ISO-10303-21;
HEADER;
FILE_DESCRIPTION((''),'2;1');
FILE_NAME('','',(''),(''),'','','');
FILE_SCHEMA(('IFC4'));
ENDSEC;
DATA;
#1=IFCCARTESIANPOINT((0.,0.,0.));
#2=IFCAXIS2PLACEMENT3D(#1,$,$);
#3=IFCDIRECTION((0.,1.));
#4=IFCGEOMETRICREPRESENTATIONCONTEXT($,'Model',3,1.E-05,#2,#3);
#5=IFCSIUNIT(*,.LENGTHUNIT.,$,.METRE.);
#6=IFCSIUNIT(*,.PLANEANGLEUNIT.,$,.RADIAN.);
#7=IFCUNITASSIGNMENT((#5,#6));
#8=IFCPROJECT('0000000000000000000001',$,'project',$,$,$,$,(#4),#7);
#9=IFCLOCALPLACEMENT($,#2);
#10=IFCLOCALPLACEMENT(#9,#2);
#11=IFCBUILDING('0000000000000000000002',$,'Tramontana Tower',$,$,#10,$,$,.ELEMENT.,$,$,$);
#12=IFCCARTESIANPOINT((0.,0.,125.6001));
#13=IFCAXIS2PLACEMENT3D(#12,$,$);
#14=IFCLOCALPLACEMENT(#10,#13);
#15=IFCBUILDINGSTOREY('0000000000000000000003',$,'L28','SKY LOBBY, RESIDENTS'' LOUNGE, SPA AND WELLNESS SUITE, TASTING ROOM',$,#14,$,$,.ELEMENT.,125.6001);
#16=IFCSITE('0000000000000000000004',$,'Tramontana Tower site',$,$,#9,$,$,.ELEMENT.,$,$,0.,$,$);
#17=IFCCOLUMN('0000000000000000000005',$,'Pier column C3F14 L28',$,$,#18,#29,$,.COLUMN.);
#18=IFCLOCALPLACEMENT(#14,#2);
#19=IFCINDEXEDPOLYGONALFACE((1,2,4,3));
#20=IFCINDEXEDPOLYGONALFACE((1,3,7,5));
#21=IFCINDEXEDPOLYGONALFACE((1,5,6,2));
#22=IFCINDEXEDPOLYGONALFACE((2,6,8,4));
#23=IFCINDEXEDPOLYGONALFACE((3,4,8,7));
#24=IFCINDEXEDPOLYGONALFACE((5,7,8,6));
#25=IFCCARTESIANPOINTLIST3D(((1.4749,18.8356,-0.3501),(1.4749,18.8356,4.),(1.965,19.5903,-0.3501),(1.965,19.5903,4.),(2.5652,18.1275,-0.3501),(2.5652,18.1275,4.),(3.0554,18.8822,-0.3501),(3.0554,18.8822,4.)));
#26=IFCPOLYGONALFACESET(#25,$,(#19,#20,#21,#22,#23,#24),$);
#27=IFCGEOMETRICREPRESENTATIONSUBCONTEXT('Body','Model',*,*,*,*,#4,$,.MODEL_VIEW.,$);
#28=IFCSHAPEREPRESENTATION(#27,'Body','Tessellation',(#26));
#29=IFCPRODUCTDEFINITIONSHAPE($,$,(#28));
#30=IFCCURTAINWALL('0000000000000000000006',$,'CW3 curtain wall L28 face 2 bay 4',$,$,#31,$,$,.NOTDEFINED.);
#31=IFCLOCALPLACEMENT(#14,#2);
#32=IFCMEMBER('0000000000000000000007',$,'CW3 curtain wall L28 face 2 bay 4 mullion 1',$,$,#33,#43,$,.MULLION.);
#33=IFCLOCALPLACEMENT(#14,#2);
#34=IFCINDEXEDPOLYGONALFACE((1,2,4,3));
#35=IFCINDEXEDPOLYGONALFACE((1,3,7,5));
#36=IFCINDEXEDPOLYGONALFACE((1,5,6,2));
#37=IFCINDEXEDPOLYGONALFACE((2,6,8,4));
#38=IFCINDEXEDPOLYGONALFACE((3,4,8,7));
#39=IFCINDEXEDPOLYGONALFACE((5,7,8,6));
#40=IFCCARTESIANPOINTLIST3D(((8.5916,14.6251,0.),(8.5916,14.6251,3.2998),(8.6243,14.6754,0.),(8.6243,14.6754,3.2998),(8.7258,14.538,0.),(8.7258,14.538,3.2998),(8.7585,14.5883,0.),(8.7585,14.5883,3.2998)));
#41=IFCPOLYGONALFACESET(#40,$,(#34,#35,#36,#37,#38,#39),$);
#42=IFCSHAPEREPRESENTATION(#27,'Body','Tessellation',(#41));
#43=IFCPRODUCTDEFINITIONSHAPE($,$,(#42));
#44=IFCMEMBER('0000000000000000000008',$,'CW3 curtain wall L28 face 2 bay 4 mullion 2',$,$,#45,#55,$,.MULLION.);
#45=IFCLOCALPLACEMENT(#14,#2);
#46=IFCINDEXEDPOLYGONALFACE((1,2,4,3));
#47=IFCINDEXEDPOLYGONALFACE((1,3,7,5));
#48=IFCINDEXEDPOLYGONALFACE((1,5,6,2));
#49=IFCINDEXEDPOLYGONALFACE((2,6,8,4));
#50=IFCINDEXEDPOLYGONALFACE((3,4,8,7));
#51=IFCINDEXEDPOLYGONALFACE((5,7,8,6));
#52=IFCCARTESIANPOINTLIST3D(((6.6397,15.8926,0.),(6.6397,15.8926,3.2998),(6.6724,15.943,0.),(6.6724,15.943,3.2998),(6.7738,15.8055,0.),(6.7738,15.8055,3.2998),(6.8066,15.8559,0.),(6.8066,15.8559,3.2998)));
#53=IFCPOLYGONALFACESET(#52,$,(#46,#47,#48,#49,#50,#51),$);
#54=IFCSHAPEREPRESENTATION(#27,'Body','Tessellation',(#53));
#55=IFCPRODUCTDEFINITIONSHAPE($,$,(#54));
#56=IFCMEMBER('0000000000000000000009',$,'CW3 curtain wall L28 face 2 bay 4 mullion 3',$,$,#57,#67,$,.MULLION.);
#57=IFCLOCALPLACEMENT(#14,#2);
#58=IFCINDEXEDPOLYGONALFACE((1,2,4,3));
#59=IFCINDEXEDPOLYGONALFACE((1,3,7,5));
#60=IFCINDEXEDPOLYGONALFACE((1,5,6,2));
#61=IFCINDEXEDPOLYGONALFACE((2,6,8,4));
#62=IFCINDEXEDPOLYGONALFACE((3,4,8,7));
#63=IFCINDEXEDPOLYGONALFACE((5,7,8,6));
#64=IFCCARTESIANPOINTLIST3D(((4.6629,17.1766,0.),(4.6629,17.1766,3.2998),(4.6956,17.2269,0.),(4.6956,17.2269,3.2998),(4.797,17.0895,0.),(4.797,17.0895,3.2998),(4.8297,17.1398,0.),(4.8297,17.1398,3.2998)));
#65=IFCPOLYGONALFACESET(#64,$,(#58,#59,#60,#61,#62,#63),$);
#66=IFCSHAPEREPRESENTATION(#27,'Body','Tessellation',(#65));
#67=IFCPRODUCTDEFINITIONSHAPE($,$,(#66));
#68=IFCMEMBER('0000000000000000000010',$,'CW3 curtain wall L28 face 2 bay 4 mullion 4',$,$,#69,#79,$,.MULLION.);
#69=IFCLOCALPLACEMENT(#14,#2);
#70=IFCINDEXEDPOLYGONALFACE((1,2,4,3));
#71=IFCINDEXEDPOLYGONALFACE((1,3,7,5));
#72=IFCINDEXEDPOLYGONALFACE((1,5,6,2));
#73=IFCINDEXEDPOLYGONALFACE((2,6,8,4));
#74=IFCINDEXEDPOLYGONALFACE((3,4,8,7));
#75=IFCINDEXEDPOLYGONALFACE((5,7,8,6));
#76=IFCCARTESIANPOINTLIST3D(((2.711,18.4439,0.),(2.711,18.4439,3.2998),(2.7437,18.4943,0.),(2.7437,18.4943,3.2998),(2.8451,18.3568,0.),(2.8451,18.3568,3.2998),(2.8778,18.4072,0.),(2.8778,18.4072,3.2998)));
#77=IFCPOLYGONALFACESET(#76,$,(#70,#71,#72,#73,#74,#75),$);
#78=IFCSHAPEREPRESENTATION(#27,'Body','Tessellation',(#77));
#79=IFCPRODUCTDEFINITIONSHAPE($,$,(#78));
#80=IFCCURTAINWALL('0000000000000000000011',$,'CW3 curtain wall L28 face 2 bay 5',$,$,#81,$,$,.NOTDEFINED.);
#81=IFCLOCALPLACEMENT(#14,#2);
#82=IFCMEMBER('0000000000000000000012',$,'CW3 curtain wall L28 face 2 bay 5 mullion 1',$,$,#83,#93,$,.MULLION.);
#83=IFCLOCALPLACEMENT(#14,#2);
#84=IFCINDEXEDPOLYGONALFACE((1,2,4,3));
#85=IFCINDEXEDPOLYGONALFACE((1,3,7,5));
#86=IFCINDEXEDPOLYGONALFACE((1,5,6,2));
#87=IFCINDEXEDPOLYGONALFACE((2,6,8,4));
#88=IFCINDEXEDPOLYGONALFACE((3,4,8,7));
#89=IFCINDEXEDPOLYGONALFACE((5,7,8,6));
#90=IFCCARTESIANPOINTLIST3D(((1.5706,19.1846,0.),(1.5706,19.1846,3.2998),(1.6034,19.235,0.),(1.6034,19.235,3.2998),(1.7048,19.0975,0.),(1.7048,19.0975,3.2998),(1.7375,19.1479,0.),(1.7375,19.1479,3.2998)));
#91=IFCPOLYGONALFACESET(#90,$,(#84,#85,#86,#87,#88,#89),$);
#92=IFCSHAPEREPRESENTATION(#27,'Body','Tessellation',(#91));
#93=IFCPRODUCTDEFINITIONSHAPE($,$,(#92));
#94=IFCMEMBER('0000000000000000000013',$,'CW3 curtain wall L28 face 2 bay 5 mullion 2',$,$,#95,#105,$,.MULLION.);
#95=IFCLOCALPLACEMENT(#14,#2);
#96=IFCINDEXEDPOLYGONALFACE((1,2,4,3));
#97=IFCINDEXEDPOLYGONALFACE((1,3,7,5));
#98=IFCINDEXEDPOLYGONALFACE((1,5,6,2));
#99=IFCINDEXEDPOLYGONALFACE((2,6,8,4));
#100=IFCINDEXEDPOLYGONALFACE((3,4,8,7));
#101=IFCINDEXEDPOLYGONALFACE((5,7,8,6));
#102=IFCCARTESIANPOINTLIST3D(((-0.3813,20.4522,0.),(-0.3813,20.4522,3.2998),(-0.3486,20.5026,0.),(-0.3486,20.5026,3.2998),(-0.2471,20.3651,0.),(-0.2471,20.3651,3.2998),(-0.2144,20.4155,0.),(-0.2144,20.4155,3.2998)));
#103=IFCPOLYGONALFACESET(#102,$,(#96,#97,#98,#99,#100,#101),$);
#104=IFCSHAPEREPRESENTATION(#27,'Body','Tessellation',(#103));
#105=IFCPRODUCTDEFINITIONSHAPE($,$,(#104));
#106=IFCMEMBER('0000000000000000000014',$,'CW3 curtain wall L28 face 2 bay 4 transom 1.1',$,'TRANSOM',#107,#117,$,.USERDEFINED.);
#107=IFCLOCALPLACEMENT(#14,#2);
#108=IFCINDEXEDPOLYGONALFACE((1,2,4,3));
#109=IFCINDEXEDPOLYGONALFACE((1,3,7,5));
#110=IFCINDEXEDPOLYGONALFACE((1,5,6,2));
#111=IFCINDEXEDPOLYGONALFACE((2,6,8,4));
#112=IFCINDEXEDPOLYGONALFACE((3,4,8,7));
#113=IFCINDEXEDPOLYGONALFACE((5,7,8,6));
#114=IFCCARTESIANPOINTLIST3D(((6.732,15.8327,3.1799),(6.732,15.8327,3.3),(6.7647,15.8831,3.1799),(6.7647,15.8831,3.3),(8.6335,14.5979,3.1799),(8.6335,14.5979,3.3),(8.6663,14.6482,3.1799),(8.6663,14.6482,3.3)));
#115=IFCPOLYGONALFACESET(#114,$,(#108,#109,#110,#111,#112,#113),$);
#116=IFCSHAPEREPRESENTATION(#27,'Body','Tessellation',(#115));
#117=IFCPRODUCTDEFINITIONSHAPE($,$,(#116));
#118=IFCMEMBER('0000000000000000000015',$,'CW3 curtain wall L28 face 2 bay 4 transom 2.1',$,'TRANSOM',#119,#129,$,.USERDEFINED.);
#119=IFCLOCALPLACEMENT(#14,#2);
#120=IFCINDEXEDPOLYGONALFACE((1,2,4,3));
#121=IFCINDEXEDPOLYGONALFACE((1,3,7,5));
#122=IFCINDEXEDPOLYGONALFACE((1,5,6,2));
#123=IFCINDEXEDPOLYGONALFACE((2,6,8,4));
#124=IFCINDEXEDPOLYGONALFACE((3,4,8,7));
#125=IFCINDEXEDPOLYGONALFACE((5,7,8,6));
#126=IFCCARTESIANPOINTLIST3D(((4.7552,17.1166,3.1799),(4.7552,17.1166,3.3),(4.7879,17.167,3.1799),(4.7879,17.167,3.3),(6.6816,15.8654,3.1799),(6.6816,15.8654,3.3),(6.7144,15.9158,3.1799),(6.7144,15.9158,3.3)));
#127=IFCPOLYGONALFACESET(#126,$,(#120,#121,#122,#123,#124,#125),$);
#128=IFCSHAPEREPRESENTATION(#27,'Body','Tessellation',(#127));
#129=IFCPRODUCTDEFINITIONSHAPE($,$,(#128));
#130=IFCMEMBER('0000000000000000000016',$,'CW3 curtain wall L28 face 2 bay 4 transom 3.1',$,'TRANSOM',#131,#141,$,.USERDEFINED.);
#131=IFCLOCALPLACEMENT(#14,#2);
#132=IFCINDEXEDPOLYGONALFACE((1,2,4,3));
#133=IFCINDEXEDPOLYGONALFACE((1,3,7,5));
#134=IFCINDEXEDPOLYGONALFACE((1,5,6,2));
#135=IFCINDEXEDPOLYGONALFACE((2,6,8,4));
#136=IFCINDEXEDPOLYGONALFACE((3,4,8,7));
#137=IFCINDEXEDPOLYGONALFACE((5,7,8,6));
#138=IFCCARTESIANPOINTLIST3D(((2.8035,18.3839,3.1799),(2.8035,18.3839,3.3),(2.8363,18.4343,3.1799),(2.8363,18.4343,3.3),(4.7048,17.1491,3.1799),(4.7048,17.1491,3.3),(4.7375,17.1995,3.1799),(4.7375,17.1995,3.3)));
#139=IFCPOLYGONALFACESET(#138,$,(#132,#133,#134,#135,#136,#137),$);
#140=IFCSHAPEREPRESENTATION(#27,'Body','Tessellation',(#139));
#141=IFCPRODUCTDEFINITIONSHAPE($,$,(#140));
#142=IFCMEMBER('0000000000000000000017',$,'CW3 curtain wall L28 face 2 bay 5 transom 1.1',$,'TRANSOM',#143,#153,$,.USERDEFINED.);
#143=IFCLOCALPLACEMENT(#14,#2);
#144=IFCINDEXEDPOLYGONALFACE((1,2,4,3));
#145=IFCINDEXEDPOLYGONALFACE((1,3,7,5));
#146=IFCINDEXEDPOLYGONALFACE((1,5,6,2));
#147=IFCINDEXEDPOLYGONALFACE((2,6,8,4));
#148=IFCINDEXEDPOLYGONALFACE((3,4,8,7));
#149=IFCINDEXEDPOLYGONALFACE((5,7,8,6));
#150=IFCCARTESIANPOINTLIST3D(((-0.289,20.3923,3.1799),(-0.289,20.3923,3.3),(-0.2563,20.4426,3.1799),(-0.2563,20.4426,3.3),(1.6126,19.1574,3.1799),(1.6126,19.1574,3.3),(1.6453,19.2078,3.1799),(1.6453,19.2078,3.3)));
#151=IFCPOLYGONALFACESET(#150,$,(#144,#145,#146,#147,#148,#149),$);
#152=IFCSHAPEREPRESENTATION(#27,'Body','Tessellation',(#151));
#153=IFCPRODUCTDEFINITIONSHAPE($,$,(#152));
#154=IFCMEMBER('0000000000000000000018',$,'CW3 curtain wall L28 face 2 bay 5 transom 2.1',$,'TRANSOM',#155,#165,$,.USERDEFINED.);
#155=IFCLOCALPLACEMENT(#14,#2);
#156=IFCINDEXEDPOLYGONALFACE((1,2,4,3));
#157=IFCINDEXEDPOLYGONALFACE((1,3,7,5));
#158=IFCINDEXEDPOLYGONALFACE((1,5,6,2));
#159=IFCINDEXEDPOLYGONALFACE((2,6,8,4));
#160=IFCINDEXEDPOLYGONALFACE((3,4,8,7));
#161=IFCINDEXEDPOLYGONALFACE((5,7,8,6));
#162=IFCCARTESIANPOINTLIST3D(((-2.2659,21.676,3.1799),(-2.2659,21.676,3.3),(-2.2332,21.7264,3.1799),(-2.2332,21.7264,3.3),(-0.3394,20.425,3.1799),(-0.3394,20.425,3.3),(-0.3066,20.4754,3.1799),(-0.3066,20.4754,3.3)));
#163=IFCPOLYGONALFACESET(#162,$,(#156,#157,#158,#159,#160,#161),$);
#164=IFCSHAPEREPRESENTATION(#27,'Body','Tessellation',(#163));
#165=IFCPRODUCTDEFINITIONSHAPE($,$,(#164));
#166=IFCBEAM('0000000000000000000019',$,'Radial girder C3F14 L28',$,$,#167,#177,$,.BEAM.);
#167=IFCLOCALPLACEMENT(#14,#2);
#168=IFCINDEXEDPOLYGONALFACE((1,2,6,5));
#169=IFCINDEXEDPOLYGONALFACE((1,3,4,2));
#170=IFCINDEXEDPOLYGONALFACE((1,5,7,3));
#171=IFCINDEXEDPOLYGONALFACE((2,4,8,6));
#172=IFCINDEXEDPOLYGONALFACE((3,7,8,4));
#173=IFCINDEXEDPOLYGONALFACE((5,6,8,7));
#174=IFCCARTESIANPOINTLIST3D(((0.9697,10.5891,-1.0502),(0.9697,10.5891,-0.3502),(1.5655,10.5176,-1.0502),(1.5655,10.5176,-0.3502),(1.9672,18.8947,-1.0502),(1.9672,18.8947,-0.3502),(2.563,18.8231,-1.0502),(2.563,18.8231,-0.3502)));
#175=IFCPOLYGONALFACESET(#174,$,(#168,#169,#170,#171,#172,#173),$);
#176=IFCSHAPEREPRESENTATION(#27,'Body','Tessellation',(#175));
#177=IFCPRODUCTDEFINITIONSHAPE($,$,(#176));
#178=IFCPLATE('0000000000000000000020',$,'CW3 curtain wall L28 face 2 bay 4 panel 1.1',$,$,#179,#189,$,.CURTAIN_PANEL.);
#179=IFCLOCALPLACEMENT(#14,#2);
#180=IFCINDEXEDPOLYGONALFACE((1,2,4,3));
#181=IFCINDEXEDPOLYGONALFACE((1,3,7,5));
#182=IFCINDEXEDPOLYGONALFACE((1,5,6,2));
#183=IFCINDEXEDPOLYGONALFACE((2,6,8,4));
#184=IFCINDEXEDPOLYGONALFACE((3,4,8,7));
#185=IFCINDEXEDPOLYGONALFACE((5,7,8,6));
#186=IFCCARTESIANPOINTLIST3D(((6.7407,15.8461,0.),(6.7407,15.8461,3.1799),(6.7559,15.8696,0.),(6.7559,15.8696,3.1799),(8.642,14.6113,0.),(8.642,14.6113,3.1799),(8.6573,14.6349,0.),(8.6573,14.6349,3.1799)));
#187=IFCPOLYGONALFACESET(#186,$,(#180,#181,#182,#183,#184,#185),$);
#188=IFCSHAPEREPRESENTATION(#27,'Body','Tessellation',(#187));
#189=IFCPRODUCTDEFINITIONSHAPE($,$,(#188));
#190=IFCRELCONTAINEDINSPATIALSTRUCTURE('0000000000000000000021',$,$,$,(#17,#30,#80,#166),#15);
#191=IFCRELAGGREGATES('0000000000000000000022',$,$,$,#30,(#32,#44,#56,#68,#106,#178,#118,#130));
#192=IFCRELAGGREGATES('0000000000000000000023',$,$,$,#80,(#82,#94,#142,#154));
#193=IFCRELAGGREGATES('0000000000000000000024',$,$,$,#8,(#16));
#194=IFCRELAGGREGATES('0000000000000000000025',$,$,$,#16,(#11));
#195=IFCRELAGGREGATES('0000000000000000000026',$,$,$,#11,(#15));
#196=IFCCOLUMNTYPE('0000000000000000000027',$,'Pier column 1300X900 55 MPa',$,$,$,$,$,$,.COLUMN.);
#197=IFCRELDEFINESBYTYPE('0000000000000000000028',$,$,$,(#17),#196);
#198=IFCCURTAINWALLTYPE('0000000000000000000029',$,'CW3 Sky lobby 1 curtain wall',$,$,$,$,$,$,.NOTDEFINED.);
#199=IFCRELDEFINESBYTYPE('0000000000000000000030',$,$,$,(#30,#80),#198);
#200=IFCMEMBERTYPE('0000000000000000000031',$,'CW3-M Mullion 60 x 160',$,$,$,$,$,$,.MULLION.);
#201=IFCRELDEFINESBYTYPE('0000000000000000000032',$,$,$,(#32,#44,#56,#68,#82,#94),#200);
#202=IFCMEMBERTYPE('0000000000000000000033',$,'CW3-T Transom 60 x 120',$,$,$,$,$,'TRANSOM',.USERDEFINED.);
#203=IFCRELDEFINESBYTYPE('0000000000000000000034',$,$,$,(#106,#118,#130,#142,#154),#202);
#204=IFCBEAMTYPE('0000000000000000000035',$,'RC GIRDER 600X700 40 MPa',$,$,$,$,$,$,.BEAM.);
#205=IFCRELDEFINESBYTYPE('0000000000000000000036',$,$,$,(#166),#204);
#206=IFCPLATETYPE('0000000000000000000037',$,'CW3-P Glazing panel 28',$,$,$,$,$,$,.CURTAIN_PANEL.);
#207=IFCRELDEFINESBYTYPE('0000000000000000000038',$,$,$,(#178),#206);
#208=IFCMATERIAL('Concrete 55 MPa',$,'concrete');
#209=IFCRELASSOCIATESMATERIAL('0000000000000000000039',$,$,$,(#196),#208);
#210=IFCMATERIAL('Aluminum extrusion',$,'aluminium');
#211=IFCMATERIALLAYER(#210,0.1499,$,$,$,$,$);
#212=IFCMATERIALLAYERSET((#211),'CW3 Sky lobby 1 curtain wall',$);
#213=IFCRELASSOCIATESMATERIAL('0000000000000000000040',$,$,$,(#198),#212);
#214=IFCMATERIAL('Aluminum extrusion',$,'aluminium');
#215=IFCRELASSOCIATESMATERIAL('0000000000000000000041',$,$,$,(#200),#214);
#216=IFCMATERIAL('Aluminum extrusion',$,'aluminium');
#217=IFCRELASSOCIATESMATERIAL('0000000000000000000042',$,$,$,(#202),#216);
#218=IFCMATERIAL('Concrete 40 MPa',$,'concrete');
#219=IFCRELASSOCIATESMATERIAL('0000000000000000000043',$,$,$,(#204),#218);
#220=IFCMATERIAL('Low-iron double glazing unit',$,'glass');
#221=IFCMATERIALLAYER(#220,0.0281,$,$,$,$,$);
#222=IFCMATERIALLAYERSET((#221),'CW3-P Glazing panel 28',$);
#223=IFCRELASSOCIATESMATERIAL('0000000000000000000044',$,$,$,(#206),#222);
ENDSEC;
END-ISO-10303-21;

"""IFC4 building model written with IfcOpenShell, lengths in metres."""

from ifc_helpers import new_model, si_unit, direction, frame, origin, origin_2d, place, context, subcontext, project, spatial, rectangle, extrude, material, layer, layer_set, material_profile, profile_set, type_object, element, aggregate, save


model = new_model("IFC4")

# Units and contexts
model_context = context("Model", 3, precision=1e-05, world=origin(), true_north=direction((0.0, 1.0)))
body_context = subcontext(model_context, "Body", "Model", "MODEL_VIEW")
ifc_project = project(units=[si_unit("LENGTHUNIT", "METRE"), si_unit("PLANEANGLEUNIT", "RADIAN")], contexts=[model_context])

# Site, building, storey
site_placement = place(None, origin())
site = spatial("IfcSite", under=ifc_project, at=site_placement, Name="Tramontana Tower site", CompositionType="ELEMENT", RefElevation=0.0)
building_placement = place(site_placement, origin())
building = spatial("IfcBuilding", under=site, at=building_placement, Name="Tramontana Tower", CompositionType="ELEMENT")
storey_placement = place(building_placement, frame((0.0, 0.0, 125.6001)))
storey = spatial("IfcBuildingStorey", under=building, at=storey_placement, Name="L28", Description="SKY LOBBY, RESIDENTS' LOUNGE, SPA AND WELLNESS SUITE, TASTING ROOM", CompositionType="ELEMENT", Elevation=125.6001)

# Column
ifc_material_1 = material(Name="Concrete 55 MPa", Category="concrete")
ifc_material_profile_1 = material_profile(ifc_material_1, rectangle(XDim=1.3, YDim=0.8999, at=origin_2d()), Name="Pier column 1300X900 55 MPa")
ifc_profile_set_1 = profile_set([ifc_material_profile_1], Name="Concrete 55 MPa")
column_type = type_object("IfcColumnType", Name="Pier column 1300X900 55 MPa", PredefinedType="COLUMN", material=ifc_profile_set_1)
column_placement = place(storey_placement, frame((2.2651, 18.8589, -0.3501), z_axis=(0.0, 0.0, 1.0), x_axis=(-0.838671, 0.544639, 0.0)))
element("IfcColumn", 1, at=column_placement, inside=storey, type_object=column_type, Name="Pier column C3F14 L28", PredefinedType="COLUMN", context=body_context, shape_type="SweptSolid", body=[
    extrude(rectangle(XDim=1.3, YDim=0.8999, at=origin_2d()), origin(), (0.0, 0.0, 1.0), 4.3501),
])

# Curtain walls, members
ifc_material_2 = material(Name="Aluminum extrusion", Category="aluminium")
ifc_layer_1 = layer(ifc_material_2, 0.1499)
ifc_layer_set_1 = layer_set([ifc_layer_1], Name="CW3 Sky lobby 1 curtain wall")
curtain_wall_type = type_object("IfcCurtainWallType", Name="CW3 Sky lobby 1 curtain wall", PredefinedType="NOTDEFINED", material=ifc_layer_set_1)
curtain_wall_1_placement = place(storey_placement, origin())
curtain_wall_1 = element("IfcCurtainWall", 2, at=curtain_wall_1_placement, inside=storey, type_object=curtain_wall_type, Name="CW3 curtain wall L28 face 2 bay 4", PredefinedType="NOTDEFINED")
ifc_material_3 = material(Name="Aluminum extrusion", Category="aluminium")
ifc_material_profile_2 = material_profile(ifc_material_3, rectangle(XDim=0.0601, YDim=0.1599, at=origin_2d()), Name="CW3-M Mullion 60 x 160")
ifc_profile_set_2 = profile_set([ifc_material_profile_2], Name="Aluminum extrusion")
member_type_1 = type_object("IfcMemberType", Name="CW3-M Mullion 60 x 160", PredefinedType="MULLION", material=ifc_profile_set_2)
member_1_placement = place(storey_placement, frame((8.675, 14.6067, 0.0), z_axis=(0.0, 0.0, 1.0), x_axis=(-0.544639, -0.838671, 0.0)))
member_1 = element("IfcMember", 3, at=member_1_placement, type_object=member_type_1, Name="CW3 curtain wall L28 face 2 bay 4 mullion 1", PredefinedType="MULLION", context=body_context, shape_type="SweptSolid", body=[
    extrude(rectangle(XDim=0.0601, YDim=0.1599, at=origin_2d()), origin(), (0.0, 0.0, 1.0), 3.2998),
])
member_2_placement = place(storey_placement, frame((6.7231, 15.8743, 0.0), z_axis=(0.0, 0.0, 1.0), x_axis=(-0.544639, -0.838671, 0.0)))
member_2 = element("IfcMember", 4, at=member_2_placement, type_object=member_type_1, Name="CW3 curtain wall L28 face 2 bay 4 mullion 2", PredefinedType="MULLION", context=body_context, shape_type="SweptSolid", body=[
    extrude(rectangle(XDim=0.0601, YDim=0.1599, at=origin_2d()), origin(), (0.0, 0.0, 1.0), 3.2998),
])
member_3_placement = place(storey_placement, frame((4.7463, 17.1582, 0.0), z_axis=(0.0, 0.0, 1.0), x_axis=(-0.544639, -0.838671, 0.0)))
member_3 = element("IfcMember", 5, at=member_3_placement, type_object=member_type_1, Name="CW3 curtain wall L28 face 2 bay 4 mullion 3", PredefinedType="MULLION", context=body_context, shape_type="SweptSolid", body=[
    extrude(rectangle(XDim=0.0601, YDim=0.1599, at=origin_2d()), origin(), (0.0, 0.0, 1.0), 3.2998),
])
member_4_placement = place(storey_placement, frame((2.7944, 18.4255, 0.0), z_axis=(0.0, 0.0, 1.0), x_axis=(-0.544639, -0.838671, 0.0)))
member_4 = element("IfcMember", 6, at=member_4_placement, type_object=member_type_1, Name="CW3 curtain wall L28 face 2 bay 4 mullion 4", PredefinedType="MULLION", context=body_context, shape_type="SweptSolid", body=[
    extrude(rectangle(XDim=0.0601, YDim=0.1599, at=origin_2d()), origin(), (0.0, 0.0, 1.0), 3.2998),
])
curtain_wall_2_placement = place(storey_placement, origin())
curtain_wall_2 = element("IfcCurtainWall", 7, at=curtain_wall_2_placement, inside=storey, type_object=curtain_wall_type, Name="CW3 curtain wall L28 face 2 bay 5", PredefinedType="NOTDEFINED")
member_5_placement = place(storey_placement, frame((1.6541, 19.1663, 0.0), z_axis=(0.0, 0.0, 1.0), x_axis=(-0.544639, -0.838671, 0.0)))
member_5 = element("IfcMember", 8, at=member_5_placement, type_object=member_type_1, Name="CW3 curtain wall L28 face 2 bay 5 mullion 1", PredefinedType="MULLION", context=body_context, shape_type="SweptSolid", body=[
    extrude(rectangle(XDim=0.0601, YDim=0.1599, at=origin_2d()), origin(), (0.0, 0.0, 1.0), 3.2998),
])
member_6_placement = place(storey_placement, frame((-0.2979, 20.4338, 0.0), z_axis=(0.0, 0.0, 1.0), x_axis=(-0.544639, -0.838671, 0.0)))
member_6 = element("IfcMember", 9, at=member_6_placement, type_object=member_type_1, Name="CW3 curtain wall L28 face 2 bay 5 mullion 2", PredefinedType="MULLION", context=body_context, shape_type="SweptSolid", body=[
    extrude(rectangle(XDim=0.0601, YDim=0.1599, at=origin_2d()), origin(), (0.0, 0.0, 1.0), 3.2998),
])

# Members
ifc_material_4 = material(Name="Aluminum extrusion", Category="aluminium")
ifc_material_profile_3 = material_profile(ifc_material_4, rectangle(XDim=0.0601, YDim=0.1201, at=origin_2d()), Name="CW3-T Transom 60 x 120")
ifc_profile_set_3 = profile_set([ifc_material_profile_3], Name="Aluminum extrusion")
member_type_2 = type_object("IfcMemberType", Name="CW3-T Transom 60 x 120", ElementType="TRANSOM", PredefinedType="USERDEFINED", material=ifc_profile_set_3)
member_7_placement = place(storey_placement, frame((8.6499, 14.623, 3.24), z_axis=(-0.838682, 0.544621, 0.0), x_axis=(-0.544621, -0.838682, 0.0)))
member_7 = element("IfcMember", 10, at=member_7_placement, type_object=member_type_2, Name="CW3 curtain wall L28 face 2 bay 4 transom 1.1", ObjectType="TRANSOM", PredefinedType="USERDEFINED", context=body_context, shape_type="SweptSolid", body=[
    extrude(rectangle(XDim=0.0601, YDim=0.1201, at=origin_2d()), origin(), (0.0, 0.0, 1.0), 2.2673),
])
member_8_placement = place(storey_placement, frame((6.698, 15.8906, 3.24), z_axis=(-0.838645, 0.544678, 0.0), x_axis=(-0.544678, -0.838645, 0.0)))
member_8 = element("IfcMember", 11, at=member_8_placement, type_object=member_type_2, Name="CW3 curtain wall L28 face 2 bay 4 transom 2.1", ObjectType="TRANSOM", PredefinedType="USERDEFINED", context=body_context, shape_type="SweptSolid", body=[
    extrude(rectangle(XDim=0.0601, YDim=0.1201, at=origin_2d()), origin(), (0.0, 0.0, 1.0), 2.2971),
])
member_9_placement = place(storey_placement, frame((4.7212, 17.1743, 3.24), z_axis=(-0.83865, 0.54467, 0.0), x_axis=(-0.54467, -0.83865, 0.0)))
member_9 = element("IfcMember", 12, at=member_9_placement, type_object=member_type_2, Name="CW3 curtain wall L28 face 2 bay 4 transom 3.1", ObjectType="TRANSOM", PredefinedType="USERDEFINED", context=body_context, shape_type="SweptSolid", body=[
    extrude(rectangle(XDim=0.0601, YDim=0.1201, at=origin_2d()), origin(), (0.0, 0.0, 1.0), 2.2671),
])
member_10_placement = place(storey_placement, frame((1.6289, 19.1826, 3.24), z_axis=(-0.838682, 0.544621, 0.0), x_axis=(-0.544621, -0.838682, 0.0)))
member_10 = element("IfcMember", 13, at=member_10_placement, type_object=member_type_2, Name="CW3 curtain wall L28 face 2 bay 5 transom 1.1", ObjectType="TRANSOM", PredefinedType="USERDEFINED", context=body_context, shape_type="SweptSolid", body=[
    extrude(rectangle(XDim=0.0601, YDim=0.1201, at=origin_2d()), origin(), (0.0, 0.0, 1.0), 2.2673),
])
member_11_placement = place(storey_placement, frame((-0.323, 20.4502, 3.24), z_axis=(-0.838694, 0.544604, 0.0), x_axis=(-0.544604, -0.838694, 0.0)))
member_11 = element("IfcMember", 14, at=member_11_placement, type_object=member_type_2, Name="CW3 curtain wall L28 face 2 bay 5 transom 2.1", ObjectType="TRANSOM", PredefinedType="USERDEFINED", context=body_context, shape_type="SweptSolid", body=[
    extrude(rectangle(XDim=0.0601, YDim=0.1201, at=origin_2d()), origin(), (0.0, 0.0, 1.0), 2.2971),
])

# Beam
ifc_material_5 = material(Name="Concrete 40 MPa", Category="concrete")
ifc_material_profile_4 = material_profile(ifc_material_5, rectangle(XDim=0.6001, YDim=0.7, at=origin_2d()), Name="RC GIRDER 600X700 40 MPa")
ifc_profile_set_4 = profile_set([ifc_material_profile_4], Name="Concrete 40 MPa")
beam_type = type_object("IfcBeamType", Name="RC GIRDER 600X700 40 MPa", PredefinedType="BEAM", material=ifc_profile_set_4)
beam_placement = place(storey_placement, frame((2.2651, 18.8589, -0.7002), z_axis=(-0.119249, -0.992864, 0.0), x_axis=(0.992864, -0.119249, 0.0)))
element("IfcBeam", 15, at=beam_placement, inside=storey, type_object=beam_type, Name="Radial girder C3F14 L28", PredefinedType="BEAM", context=body_context, shape_type="SweptSolid", body=[
    extrude(rectangle(XDim=0.6001, YDim=0.7, at=origin_2d()), origin(), (0.0, 0.0, 1.0), 8.3652),
])

# Plate
ifc_material_6 = material(Name="Low-iron double glazing unit", Category="glass")
ifc_layer_2 = layer(ifc_material_6, 0.0281)
ifc_layer_set_2 = layer_set([ifc_layer_2], Name="CW3-P Glazing panel 28")
plate_type = type_object("IfcPlateType", Name="CW3-P Glazing panel 28", PredefinedType="CURTAIN_PANEL", material=ifc_layer_set_2)
plate_1_placement = place(storey_placement, frame((7.699, 15.2405, 0.0), z_axis=(0.0, 0.0, 1.0), x_axis=(-0.838671, 0.544639, 0.0)))
plate_1 = element("IfcPlate", 16, at=plate_1_placement, type_object=plate_type, Name="CW3 curtain wall L28 face 2 bay 4 panel 1.1", PredefinedType="CURTAIN_PANEL", context=body_context, shape_type="SweptSolid", body=[
    extrude(rectangle(XDim=2.2671, YDim=0.0281, at=origin_2d()), origin(), (0.0, 0.0, 1.0), 3.1799),
])
aggregate(curtain_wall_1, [member_1, member_2, member_3, member_4, member_7, plate_1, member_8, member_9])
aggregate(curtain_wall_2, [member_5, member_6, member_10, member_11])

save(model, "model.ifc")
